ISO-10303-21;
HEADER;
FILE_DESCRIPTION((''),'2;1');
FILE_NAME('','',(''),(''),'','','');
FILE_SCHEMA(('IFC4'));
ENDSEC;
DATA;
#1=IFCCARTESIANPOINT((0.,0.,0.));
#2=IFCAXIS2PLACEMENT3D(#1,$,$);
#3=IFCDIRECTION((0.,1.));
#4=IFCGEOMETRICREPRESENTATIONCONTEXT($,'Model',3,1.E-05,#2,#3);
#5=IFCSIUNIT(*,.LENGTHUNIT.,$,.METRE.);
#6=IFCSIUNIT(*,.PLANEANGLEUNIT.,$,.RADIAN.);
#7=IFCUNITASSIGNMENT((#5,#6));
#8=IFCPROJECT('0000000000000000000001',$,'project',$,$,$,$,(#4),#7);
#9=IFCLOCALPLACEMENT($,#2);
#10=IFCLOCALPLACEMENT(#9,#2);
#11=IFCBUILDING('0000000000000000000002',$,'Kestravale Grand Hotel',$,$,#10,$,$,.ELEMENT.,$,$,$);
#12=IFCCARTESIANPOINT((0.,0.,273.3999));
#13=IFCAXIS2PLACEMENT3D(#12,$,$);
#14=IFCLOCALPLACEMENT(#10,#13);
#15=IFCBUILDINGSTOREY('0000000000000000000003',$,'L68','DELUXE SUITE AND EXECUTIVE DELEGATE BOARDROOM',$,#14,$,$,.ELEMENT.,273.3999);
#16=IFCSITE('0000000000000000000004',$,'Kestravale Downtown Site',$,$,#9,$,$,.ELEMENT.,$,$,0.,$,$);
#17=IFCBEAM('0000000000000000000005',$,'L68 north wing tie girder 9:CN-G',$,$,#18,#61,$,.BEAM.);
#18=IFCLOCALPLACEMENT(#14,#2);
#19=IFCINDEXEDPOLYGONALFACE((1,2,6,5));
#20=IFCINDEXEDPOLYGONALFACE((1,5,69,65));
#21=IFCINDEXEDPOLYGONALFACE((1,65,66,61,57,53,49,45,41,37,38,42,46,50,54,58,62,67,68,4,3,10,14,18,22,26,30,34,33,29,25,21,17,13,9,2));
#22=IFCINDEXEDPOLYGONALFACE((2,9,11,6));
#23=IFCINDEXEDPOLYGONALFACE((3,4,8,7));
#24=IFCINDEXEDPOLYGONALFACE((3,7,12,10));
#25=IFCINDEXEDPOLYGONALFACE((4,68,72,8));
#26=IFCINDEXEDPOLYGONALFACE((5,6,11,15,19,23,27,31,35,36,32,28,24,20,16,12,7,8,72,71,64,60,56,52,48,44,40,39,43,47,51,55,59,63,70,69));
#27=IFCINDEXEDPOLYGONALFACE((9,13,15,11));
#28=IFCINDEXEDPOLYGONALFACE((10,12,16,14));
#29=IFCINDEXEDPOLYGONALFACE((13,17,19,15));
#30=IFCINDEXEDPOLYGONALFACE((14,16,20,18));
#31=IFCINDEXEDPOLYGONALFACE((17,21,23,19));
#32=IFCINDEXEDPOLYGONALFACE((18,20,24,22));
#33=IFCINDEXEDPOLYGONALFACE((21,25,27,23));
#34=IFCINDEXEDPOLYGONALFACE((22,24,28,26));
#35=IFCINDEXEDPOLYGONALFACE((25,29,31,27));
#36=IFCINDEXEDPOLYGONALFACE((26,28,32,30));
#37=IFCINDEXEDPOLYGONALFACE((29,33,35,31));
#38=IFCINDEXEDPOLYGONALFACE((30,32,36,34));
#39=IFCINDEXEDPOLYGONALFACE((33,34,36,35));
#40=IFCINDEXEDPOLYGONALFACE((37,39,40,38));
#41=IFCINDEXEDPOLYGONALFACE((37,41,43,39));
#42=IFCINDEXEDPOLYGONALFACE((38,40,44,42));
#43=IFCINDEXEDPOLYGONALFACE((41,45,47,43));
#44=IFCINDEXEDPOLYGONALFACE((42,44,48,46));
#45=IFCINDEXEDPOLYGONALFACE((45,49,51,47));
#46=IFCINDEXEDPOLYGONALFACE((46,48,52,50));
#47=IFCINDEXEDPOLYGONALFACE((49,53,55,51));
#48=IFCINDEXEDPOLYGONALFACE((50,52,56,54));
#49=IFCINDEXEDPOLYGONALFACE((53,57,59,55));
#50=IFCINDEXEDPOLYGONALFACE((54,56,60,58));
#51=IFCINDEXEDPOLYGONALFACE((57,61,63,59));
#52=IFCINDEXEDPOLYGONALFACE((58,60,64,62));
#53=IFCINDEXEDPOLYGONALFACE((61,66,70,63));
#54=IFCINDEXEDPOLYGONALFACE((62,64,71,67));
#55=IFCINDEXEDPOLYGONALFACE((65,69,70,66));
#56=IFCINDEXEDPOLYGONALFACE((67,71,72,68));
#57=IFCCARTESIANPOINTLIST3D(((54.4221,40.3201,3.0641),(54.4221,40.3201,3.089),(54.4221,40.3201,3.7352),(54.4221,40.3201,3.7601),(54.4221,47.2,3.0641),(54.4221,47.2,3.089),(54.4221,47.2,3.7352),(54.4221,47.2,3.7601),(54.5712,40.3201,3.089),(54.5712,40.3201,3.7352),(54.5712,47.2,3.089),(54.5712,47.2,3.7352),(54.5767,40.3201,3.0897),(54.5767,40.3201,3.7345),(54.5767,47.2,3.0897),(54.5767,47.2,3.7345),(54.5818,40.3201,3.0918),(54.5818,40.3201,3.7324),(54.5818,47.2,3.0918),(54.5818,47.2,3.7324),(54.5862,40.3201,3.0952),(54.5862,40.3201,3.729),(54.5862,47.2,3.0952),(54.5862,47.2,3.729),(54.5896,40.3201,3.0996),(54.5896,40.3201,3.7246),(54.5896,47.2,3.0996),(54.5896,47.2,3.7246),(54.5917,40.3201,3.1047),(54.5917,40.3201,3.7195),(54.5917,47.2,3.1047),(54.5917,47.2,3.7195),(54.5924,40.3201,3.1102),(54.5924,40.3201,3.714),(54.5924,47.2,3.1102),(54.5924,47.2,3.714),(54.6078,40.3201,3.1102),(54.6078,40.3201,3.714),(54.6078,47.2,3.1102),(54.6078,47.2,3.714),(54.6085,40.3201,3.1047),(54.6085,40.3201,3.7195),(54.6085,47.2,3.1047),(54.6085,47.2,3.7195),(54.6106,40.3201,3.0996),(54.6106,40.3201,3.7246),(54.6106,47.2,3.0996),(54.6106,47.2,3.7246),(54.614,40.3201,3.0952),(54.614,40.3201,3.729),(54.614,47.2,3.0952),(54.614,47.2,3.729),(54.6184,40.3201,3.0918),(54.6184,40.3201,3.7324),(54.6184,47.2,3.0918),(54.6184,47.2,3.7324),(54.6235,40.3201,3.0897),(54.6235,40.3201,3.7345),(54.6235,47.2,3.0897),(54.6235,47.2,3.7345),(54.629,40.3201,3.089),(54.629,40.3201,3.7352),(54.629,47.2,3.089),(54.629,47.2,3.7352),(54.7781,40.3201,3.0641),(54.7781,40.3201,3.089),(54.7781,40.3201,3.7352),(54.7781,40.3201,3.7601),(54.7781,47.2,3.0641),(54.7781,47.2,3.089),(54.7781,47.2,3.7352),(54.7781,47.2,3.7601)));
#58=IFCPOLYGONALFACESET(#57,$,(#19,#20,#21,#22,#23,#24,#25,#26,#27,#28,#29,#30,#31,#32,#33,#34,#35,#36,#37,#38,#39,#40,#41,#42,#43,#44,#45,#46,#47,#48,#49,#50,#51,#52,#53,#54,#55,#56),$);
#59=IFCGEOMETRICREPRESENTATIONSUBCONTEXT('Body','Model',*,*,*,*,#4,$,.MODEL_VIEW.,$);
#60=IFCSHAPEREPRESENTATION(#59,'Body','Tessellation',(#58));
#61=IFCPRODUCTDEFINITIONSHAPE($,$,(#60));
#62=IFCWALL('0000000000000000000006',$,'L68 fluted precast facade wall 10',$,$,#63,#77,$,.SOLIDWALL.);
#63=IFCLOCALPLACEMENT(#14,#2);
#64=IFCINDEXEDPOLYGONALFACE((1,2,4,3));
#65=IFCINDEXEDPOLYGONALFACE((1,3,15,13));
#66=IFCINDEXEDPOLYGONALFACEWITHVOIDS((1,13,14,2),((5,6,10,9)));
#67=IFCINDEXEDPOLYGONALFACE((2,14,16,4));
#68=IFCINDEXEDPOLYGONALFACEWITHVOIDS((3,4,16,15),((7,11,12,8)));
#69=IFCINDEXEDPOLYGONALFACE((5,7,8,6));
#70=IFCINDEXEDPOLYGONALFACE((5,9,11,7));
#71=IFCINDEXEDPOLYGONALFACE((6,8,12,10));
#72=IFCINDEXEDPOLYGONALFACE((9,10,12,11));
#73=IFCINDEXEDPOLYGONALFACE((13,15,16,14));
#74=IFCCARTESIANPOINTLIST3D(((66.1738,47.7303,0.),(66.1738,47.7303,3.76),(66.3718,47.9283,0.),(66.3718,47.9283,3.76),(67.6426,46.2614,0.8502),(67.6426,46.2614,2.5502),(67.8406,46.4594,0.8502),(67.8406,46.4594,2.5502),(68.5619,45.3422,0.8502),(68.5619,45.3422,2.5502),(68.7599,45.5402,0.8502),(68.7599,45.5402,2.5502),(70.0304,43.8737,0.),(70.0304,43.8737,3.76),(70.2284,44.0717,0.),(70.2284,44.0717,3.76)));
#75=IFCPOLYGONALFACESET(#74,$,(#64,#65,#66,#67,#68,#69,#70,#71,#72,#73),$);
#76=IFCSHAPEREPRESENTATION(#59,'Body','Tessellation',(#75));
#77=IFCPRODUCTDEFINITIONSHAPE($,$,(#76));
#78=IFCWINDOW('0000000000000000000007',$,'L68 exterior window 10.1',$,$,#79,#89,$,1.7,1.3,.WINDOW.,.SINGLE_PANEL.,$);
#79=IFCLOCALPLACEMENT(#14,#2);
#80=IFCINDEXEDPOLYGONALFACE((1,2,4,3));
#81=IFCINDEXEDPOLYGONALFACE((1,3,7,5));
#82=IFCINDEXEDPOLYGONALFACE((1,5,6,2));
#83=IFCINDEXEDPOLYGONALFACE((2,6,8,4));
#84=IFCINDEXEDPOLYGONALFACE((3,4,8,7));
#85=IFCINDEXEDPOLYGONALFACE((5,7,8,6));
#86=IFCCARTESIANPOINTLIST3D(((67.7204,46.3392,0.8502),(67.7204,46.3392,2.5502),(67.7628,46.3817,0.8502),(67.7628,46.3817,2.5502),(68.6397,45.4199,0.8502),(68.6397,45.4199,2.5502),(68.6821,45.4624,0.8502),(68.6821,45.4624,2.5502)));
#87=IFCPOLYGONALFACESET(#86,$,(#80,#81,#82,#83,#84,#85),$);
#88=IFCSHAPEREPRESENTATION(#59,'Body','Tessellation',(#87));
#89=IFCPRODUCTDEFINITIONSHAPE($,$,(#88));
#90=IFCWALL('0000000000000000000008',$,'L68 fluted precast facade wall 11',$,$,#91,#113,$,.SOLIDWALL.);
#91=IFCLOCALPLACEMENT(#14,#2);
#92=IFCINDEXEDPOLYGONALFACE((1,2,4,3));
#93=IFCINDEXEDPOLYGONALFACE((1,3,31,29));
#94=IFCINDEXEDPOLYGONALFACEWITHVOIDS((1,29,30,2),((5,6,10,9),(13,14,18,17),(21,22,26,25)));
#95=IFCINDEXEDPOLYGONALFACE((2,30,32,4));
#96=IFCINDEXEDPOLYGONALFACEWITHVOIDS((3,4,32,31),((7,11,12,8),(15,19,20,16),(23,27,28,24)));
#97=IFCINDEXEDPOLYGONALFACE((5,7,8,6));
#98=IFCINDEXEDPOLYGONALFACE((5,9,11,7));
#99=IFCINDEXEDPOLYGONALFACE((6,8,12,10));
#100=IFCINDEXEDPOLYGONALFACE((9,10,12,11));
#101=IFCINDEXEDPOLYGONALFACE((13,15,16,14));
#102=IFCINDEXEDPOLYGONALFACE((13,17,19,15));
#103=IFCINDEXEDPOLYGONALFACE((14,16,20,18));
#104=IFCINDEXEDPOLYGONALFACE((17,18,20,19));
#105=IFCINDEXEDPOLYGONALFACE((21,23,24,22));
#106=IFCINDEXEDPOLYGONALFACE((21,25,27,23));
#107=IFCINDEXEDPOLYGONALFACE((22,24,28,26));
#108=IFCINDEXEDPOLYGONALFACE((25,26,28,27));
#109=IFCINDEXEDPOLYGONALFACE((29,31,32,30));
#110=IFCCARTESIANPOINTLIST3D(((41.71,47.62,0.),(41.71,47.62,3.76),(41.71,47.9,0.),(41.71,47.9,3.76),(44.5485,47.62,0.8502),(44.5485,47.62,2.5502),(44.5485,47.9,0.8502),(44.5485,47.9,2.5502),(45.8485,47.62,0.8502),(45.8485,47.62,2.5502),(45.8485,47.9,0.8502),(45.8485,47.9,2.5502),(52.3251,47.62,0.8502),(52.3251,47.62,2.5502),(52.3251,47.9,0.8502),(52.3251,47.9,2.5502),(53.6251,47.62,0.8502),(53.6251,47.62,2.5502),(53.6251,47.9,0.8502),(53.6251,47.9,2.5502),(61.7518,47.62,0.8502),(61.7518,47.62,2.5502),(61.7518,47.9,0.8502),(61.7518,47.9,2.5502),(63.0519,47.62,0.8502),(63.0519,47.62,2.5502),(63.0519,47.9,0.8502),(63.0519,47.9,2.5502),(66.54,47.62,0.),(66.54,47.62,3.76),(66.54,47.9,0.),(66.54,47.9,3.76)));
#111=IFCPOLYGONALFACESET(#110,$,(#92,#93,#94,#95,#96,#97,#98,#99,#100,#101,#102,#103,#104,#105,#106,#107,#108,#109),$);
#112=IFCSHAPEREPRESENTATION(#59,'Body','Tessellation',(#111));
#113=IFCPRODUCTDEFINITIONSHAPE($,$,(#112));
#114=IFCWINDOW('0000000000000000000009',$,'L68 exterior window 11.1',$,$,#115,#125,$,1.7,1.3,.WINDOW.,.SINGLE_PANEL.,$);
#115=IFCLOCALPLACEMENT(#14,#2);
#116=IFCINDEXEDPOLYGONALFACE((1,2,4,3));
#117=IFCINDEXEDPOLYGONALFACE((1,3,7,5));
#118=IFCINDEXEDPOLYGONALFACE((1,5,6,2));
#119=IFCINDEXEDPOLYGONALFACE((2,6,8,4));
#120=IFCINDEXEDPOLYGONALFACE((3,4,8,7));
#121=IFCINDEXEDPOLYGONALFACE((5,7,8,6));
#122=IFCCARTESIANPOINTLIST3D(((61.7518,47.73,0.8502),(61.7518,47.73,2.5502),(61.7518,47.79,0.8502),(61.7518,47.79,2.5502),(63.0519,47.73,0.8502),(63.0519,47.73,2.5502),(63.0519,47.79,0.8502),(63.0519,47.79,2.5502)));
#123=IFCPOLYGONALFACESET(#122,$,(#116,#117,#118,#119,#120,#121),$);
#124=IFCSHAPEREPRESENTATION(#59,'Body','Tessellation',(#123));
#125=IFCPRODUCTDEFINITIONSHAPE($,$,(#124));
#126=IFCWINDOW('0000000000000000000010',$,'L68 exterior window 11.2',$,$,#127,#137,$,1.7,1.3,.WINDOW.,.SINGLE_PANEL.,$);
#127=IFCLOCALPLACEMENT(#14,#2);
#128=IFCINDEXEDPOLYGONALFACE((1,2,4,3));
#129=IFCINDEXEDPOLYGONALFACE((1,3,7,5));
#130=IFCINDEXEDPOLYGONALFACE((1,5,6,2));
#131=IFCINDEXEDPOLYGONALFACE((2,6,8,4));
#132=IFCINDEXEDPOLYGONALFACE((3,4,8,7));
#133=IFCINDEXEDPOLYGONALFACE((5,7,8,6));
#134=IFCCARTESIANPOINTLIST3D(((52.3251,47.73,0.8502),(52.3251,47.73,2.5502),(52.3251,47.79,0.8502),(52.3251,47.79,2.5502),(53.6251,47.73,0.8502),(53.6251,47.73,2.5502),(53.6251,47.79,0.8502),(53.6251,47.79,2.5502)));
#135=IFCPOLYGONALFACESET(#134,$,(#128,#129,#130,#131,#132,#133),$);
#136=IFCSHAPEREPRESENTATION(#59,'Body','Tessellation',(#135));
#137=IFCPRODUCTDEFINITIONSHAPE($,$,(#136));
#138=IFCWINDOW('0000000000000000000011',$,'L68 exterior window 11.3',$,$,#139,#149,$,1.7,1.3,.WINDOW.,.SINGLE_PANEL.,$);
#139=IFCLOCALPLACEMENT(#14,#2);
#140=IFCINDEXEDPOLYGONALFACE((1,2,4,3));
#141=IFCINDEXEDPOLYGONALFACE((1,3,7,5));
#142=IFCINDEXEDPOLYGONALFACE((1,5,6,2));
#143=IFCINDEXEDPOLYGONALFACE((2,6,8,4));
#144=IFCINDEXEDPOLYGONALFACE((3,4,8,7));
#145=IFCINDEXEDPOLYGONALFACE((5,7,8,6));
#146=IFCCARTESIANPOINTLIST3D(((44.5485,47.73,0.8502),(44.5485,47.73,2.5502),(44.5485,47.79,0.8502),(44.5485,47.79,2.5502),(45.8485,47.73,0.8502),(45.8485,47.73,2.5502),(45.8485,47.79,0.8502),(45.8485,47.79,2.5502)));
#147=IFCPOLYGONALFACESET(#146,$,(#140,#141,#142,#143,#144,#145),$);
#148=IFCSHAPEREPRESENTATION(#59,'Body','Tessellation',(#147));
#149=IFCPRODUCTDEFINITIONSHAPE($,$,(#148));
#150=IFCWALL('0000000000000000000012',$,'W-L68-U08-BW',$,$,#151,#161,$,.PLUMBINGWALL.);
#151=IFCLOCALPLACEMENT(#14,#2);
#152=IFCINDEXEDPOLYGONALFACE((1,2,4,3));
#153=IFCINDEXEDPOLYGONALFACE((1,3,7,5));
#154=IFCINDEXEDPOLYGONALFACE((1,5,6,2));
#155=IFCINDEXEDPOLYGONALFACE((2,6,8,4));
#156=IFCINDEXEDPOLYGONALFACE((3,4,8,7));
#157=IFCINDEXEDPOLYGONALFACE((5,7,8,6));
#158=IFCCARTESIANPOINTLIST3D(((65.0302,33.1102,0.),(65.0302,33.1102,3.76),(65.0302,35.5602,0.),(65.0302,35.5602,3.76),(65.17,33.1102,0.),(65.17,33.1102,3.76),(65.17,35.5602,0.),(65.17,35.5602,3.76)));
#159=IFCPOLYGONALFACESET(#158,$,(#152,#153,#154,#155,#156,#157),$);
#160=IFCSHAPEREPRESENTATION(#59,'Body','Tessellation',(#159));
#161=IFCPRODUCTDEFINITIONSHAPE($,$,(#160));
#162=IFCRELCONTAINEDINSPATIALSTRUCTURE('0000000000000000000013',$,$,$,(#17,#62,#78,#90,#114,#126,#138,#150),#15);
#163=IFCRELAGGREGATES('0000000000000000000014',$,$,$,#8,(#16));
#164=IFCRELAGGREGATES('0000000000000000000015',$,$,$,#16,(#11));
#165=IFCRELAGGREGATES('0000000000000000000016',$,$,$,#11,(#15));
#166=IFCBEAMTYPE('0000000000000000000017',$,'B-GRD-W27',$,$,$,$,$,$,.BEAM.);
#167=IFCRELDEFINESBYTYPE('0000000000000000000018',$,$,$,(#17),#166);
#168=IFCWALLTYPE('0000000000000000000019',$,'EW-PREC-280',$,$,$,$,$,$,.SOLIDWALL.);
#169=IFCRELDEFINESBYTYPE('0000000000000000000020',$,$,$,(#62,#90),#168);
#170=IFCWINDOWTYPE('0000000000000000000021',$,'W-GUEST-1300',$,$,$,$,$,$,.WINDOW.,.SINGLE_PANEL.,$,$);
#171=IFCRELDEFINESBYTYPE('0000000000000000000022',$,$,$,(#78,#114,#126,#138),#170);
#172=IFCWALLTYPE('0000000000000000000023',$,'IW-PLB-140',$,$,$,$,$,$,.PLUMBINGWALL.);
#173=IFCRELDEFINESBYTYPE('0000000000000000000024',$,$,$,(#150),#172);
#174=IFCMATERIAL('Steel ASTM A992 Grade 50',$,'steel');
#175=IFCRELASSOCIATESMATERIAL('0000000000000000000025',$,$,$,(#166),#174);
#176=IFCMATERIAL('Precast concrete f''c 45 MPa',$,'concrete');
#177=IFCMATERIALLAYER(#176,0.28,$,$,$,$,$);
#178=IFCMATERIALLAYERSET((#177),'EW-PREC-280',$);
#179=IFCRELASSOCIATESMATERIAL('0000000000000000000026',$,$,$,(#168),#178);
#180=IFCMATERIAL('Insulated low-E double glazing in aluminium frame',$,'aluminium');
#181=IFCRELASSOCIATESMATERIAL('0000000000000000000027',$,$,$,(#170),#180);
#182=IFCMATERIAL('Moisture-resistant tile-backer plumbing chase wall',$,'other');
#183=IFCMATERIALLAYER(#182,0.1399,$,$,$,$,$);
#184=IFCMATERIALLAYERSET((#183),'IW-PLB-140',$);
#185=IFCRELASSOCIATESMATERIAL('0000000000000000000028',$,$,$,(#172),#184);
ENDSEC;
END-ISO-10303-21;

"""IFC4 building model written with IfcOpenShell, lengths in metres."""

from ifc_helpers import new_model, si_unit, direction, frame, frame_2d, origin, origin_2d, place, context, subcontext, project, spatial, rectangle, i_section, extrude, material, layer, layer_set, material_profile, profile_set, type_object, element, fill, save


model = new_model("IFC4")

# Units and contexts
model_context = context("Model", 3, precision=1e-05, world=origin(), true_north=direction((0.0, 1.0)))
body_context = subcontext(model_context, "Body", "Model", "MODEL_VIEW")
ifc_project = project(units=[si_unit("LENGTHUNIT", "METRE"), si_unit("PLANEANGLEUNIT", "RADIAN")], contexts=[model_context])

# Site, building, storey
site_placement = place(None, origin())
site = spatial("IfcSite", under=ifc_project, at=site_placement, Name="Kestravale Downtown Site", CompositionType="ELEMENT", RefElevation=0.0)
building_placement = place(site_placement, origin())
building = spatial("IfcBuilding", under=site, at=building_placement, Name="Kestravale Grand Hotel", CompositionType="ELEMENT")
storey_placement = place(building_placement, frame((0.0, 0.0, 273.3999)))
storey = spatial("IfcBuildingStorey", under=building, at=storey_placement, Name="L68", Description="DELUXE SUITE AND EXECUTIVE DELEGATE BOARDROOM", CompositionType="ELEMENT", Elevation=273.3999)

# Beam
ifc_material_1 = material(Name="Steel ASTM A992 Grade 50", Category="steel")
ifc_material_profile_1 = material_profile(ifc_material_1, i_section(OverallWidth=0.356, OverallDepth=0.696, WebThickness=0.0154, FlangeThickness=0.0249, FilletRadius=0.0212, at=origin_2d()))
ifc_profile_set_1 = profile_set([ifc_material_profile_1], Name="Steel ASTM A992 Grade 50")
beam_type = type_object("IfcBeamType", Name="B-GRD-W27", PredefinedType="BEAM", material=ifc_profile_set_1)
beam_1_placement = place(storey_placement, frame((54.6001, 40.3201, 3.4121), z_axis=(0.0, 1.0, 0.0), x_axis=(-1.0, 0.0, 0.0)))
element("IfcBeam", 1, at=beam_1_placement, inside=storey, type_object=beam_type, Name="L68 north wing tie girder 9:CN-G", PredefinedType="BEAM", context=body_context, shape_type="SweptSolid", body=[
    extrude(i_section(OverallWidth=0.356, OverallDepth=0.696, WebThickness=0.0154, FlangeThickness=0.0249, FilletRadius=0.0212, at=origin_2d()), origin(), (0.0, 0.0, 1.0), 6.8799),
])

# Wall, opening, window
ifc_material_2 = material(Name="Precast concrete f'c 45 MPa", Category="concrete")
ifc_layer_1 = layer(ifc_material_2, 0.28)
ifc_layer_set_1 = layer_set([ifc_layer_1], Name="EW-PREC-280")
wall_type_1 = type_object("IfcWallType", Name="EW-PREC-280", PredefinedType="SOLIDWALL", material=ifc_layer_set_1)
wall_1_placement = place(storey_placement, frame((70.1294, 43.9727, 0.0), z_axis=(0.0, 0.0, 1.0), x_axis=(-0.707107, 0.707107, 0.0)))
wall_1 = element("IfcWall", 2, at=wall_1_placement, inside=storey, type_object=wall_type_1, Name="L68 fluted precast facade wall 10", PredefinedType="SOLIDWALL", context=body_context, shape_type="SweptSolid", body=[
    extrude(rectangle(XDim=5.4541, YDim=0.28, at=frame_2d((2.7271, 0.0))), origin(), (0.0, 0.0, 1.0), 3.76),
])
opening_1_placement = place(wall_1_placement, frame((2.0769, 0.0, 0.8501)))
opening_1 = element("IfcOpeningElement", 3, at=opening_1_placement, cuts=wall_1, PredefinedType="OPENING", context=body_context, shape_type="SweptSolid", body=[
    extrude(rectangle(XDim=1.3, YDim=1.7, at=frame_2d((0.6499, 0.8501))), frame((0.0, 0.1499, 0.0), z_axis=(0.0, -1.0, 0.0), x_axis=(1.0, 0.0, 0.0)), (0.0, 0.0, 1.0), 0.3),
])
ifc_material_3 = material(Name="Insulated low-E double glazing in aluminium frame", Category="aluminium")
window_type = type_object("IfcWindowType", Name="W-GUEST-1300", PartitioningType="SINGLE_PANEL", PredefinedType="WINDOW", material=ifc_material_3)
window_1_placement = place(opening_1_placement, origin())
window_1 = element("IfcWindow", 4, at=window_1_placement, inside=storey, type_object=window_type, Name="L68 exterior window 10.1", OverallHeight=1.7, OverallWidth=1.3, PartitioningType="SINGLE_PANEL", PredefinedType="WINDOW", context=body_context, shape_type="SweptSolid", body=[
    extrude(rectangle(XDim=1.3, YDim=1.7, at=frame_2d((0.6499, 0.8501))), frame((0.0, 0.03, 0.0), z_axis=(0.0, -1.0, 0.0), x_axis=(1.0, 0.0, 0.0)), (0.0, 0.0, 1.0), 0.0601),
])
fill(opening_1, window_1)

# Wall, openings, windows
wall_2_placement = place(storey_placement, frame((66.54, 47.76, 0.0), z_axis=(0.0, 0.0, 1.0), x_axis=(-1.0, 0.0, 0.0)))
wall_2 = element("IfcWall", 5, at=wall_2_placement, inside=storey, type_object=wall_type_1, Name="L68 fluted precast facade wall 11", PredefinedType="SOLIDWALL", context=body_context, shape_type="SweptSolid", body=[
    extrude(rectangle(XDim=24.8301, YDim=0.28, at=frame_2d((12.415, 0.0))), origin(), (0.0, 0.0, 1.0), 3.76),
])
opening_2_placement = place(wall_2_placement, frame((3.4883, 0.0, 0.8501)))
opening_2 = element("IfcOpeningElement", 6, at=opening_2_placement, cuts=wall_2, PredefinedType="OPENING", context=body_context, shape_type="SweptSolid", body=[
    extrude(rectangle(XDim=1.3, YDim=1.7, at=frame_2d((0.6499, 0.8501))), frame((0.0, 0.1499, 0.0), z_axis=(0.0, -1.0, 0.0), x_axis=(1.0, 0.0, 0.0)), (0.0, 0.0, 1.0), 0.3),
])
opening_3_placement = place(wall_2_placement, frame((12.915, 0.0, 0.8501)))
opening_3 = element("IfcOpeningElement", 7, at=opening_3_placement, cuts=wall_2, PredefinedType="OPENING", context=body_context, shape_type="SweptSolid", body=[
    extrude(rectangle(XDim=1.3, YDim=1.7, at=frame_2d((0.6499, 0.8501))), frame((0.0, 0.1499, 0.0), z_axis=(0.0, -1.0, 0.0), x_axis=(1.0, 0.0, 0.0)), (0.0, 0.0, 1.0), 0.3),
])
opening_4_placement = place(wall_2_placement, frame((20.6917, 0.0, 0.8501)))
opening_4 = element("IfcOpeningElement", 8, at=opening_4_placement, cuts=wall_2, PredefinedType="OPENING", context=body_context, shape_type="SweptSolid", body=[
    extrude(rectangle(XDim=1.3, YDim=1.7, at=frame_2d((0.6499, 0.8501))), frame((0.0, 0.1499, 0.0), z_axis=(0.0, -1.0, 0.0), x_axis=(1.0, 0.0, 0.0)), (0.0, 0.0, 1.0), 0.3),
])
window_2_placement = place(opening_2_placement, origin())
window_2 = element("IfcWindow", 9, at=window_2_placement, inside=storey, type_object=window_type, Name="L68 exterior window 11.1", OverallHeight=1.7, OverallWidth=1.3, PartitioningType="SINGLE_PANEL", PredefinedType="WINDOW", context=body_context, shape_type="SweptSolid", body=[
    extrude(rectangle(XDim=1.3, YDim=1.7, at=frame_2d((0.6499, 0.8501))), frame((0.0, 0.03, 0.0), z_axis=(0.0, -1.0, 0.0), x_axis=(1.0, 0.0, 0.0)), (0.0, 0.0, 1.0), 0.0601),
])
fill(opening_2, window_2)
window_3_placement = place(opening_3_placement, origin())
window_3 = element("IfcWindow", 10, at=window_3_placement, inside=storey, type_object=window_type, Name="L68 exterior window 11.2", OverallHeight=1.7, OverallWidth=1.3, PartitioningType="SINGLE_PANEL", PredefinedType="WINDOW", context=body_context, shape_type="SweptSolid", body=[
    extrude(rectangle(XDim=1.3, YDim=1.7, at=frame_2d((0.6499, 0.8501))), frame((0.0, 0.03, 0.0), z_axis=(0.0, -1.0, 0.0), x_axis=(1.0, 0.0, 0.0)), (0.0, 0.0, 1.0), 0.0601),
])
fill(opening_3, window_3)
window_4_placement = place(opening_4_placement, origin())
window_4 = element("IfcWindow", 11, at=window_4_placement, inside=storey, type_object=window_type, Name="L68 exterior window 11.3", OverallHeight=1.7, OverallWidth=1.3, PartitioningType="SINGLE_PANEL", PredefinedType="WINDOW", context=body_context, shape_type="SweptSolid", body=[
    extrude(rectangle(XDim=1.3, YDim=1.7, at=frame_2d((0.6499, 0.8501))), frame((0.0, 0.03, 0.0), z_axis=(0.0, -1.0, 0.0), x_axis=(1.0, 0.0, 0.0)), (0.0, 0.0, 1.0), 0.0601),
])
fill(opening_4, window_4)

# Wall
ifc_material_4 = material(Name="Moisture-resistant tile-backer plumbing chase wall", Category="other")
ifc_layer_2 = layer(ifc_material_4, 0.1399)
ifc_layer_set_2 = layer_set([ifc_layer_2], Name="IW-PLB-140")
wall_type_2 = type_object("IfcWallType", Name="IW-PLB-140", PredefinedType="PLUMBINGWALL", material=ifc_layer_set_2)
wall_3_placement = place(storey_placement, frame((65.1001, 33.1101, 0.0), z_axis=(0.0, 0.0, 1.0), x_axis=(0.0, 1.0, 0.0)))
element("IfcWall", 12, at=wall_3_placement, inside=storey, type_object=wall_type_2, Name="W-L68-U08-BW", PredefinedType="PLUMBINGWALL", context=body_context, shape_type="SweptSolid", body=[
    extrude(rectangle(XDim=2.45, YDim=0.1399, at=frame_2d((1.2251, 0.0))), origin(), (0.0, 0.0, 1.0), 3.76),
])

save(model, "model.ifc")
